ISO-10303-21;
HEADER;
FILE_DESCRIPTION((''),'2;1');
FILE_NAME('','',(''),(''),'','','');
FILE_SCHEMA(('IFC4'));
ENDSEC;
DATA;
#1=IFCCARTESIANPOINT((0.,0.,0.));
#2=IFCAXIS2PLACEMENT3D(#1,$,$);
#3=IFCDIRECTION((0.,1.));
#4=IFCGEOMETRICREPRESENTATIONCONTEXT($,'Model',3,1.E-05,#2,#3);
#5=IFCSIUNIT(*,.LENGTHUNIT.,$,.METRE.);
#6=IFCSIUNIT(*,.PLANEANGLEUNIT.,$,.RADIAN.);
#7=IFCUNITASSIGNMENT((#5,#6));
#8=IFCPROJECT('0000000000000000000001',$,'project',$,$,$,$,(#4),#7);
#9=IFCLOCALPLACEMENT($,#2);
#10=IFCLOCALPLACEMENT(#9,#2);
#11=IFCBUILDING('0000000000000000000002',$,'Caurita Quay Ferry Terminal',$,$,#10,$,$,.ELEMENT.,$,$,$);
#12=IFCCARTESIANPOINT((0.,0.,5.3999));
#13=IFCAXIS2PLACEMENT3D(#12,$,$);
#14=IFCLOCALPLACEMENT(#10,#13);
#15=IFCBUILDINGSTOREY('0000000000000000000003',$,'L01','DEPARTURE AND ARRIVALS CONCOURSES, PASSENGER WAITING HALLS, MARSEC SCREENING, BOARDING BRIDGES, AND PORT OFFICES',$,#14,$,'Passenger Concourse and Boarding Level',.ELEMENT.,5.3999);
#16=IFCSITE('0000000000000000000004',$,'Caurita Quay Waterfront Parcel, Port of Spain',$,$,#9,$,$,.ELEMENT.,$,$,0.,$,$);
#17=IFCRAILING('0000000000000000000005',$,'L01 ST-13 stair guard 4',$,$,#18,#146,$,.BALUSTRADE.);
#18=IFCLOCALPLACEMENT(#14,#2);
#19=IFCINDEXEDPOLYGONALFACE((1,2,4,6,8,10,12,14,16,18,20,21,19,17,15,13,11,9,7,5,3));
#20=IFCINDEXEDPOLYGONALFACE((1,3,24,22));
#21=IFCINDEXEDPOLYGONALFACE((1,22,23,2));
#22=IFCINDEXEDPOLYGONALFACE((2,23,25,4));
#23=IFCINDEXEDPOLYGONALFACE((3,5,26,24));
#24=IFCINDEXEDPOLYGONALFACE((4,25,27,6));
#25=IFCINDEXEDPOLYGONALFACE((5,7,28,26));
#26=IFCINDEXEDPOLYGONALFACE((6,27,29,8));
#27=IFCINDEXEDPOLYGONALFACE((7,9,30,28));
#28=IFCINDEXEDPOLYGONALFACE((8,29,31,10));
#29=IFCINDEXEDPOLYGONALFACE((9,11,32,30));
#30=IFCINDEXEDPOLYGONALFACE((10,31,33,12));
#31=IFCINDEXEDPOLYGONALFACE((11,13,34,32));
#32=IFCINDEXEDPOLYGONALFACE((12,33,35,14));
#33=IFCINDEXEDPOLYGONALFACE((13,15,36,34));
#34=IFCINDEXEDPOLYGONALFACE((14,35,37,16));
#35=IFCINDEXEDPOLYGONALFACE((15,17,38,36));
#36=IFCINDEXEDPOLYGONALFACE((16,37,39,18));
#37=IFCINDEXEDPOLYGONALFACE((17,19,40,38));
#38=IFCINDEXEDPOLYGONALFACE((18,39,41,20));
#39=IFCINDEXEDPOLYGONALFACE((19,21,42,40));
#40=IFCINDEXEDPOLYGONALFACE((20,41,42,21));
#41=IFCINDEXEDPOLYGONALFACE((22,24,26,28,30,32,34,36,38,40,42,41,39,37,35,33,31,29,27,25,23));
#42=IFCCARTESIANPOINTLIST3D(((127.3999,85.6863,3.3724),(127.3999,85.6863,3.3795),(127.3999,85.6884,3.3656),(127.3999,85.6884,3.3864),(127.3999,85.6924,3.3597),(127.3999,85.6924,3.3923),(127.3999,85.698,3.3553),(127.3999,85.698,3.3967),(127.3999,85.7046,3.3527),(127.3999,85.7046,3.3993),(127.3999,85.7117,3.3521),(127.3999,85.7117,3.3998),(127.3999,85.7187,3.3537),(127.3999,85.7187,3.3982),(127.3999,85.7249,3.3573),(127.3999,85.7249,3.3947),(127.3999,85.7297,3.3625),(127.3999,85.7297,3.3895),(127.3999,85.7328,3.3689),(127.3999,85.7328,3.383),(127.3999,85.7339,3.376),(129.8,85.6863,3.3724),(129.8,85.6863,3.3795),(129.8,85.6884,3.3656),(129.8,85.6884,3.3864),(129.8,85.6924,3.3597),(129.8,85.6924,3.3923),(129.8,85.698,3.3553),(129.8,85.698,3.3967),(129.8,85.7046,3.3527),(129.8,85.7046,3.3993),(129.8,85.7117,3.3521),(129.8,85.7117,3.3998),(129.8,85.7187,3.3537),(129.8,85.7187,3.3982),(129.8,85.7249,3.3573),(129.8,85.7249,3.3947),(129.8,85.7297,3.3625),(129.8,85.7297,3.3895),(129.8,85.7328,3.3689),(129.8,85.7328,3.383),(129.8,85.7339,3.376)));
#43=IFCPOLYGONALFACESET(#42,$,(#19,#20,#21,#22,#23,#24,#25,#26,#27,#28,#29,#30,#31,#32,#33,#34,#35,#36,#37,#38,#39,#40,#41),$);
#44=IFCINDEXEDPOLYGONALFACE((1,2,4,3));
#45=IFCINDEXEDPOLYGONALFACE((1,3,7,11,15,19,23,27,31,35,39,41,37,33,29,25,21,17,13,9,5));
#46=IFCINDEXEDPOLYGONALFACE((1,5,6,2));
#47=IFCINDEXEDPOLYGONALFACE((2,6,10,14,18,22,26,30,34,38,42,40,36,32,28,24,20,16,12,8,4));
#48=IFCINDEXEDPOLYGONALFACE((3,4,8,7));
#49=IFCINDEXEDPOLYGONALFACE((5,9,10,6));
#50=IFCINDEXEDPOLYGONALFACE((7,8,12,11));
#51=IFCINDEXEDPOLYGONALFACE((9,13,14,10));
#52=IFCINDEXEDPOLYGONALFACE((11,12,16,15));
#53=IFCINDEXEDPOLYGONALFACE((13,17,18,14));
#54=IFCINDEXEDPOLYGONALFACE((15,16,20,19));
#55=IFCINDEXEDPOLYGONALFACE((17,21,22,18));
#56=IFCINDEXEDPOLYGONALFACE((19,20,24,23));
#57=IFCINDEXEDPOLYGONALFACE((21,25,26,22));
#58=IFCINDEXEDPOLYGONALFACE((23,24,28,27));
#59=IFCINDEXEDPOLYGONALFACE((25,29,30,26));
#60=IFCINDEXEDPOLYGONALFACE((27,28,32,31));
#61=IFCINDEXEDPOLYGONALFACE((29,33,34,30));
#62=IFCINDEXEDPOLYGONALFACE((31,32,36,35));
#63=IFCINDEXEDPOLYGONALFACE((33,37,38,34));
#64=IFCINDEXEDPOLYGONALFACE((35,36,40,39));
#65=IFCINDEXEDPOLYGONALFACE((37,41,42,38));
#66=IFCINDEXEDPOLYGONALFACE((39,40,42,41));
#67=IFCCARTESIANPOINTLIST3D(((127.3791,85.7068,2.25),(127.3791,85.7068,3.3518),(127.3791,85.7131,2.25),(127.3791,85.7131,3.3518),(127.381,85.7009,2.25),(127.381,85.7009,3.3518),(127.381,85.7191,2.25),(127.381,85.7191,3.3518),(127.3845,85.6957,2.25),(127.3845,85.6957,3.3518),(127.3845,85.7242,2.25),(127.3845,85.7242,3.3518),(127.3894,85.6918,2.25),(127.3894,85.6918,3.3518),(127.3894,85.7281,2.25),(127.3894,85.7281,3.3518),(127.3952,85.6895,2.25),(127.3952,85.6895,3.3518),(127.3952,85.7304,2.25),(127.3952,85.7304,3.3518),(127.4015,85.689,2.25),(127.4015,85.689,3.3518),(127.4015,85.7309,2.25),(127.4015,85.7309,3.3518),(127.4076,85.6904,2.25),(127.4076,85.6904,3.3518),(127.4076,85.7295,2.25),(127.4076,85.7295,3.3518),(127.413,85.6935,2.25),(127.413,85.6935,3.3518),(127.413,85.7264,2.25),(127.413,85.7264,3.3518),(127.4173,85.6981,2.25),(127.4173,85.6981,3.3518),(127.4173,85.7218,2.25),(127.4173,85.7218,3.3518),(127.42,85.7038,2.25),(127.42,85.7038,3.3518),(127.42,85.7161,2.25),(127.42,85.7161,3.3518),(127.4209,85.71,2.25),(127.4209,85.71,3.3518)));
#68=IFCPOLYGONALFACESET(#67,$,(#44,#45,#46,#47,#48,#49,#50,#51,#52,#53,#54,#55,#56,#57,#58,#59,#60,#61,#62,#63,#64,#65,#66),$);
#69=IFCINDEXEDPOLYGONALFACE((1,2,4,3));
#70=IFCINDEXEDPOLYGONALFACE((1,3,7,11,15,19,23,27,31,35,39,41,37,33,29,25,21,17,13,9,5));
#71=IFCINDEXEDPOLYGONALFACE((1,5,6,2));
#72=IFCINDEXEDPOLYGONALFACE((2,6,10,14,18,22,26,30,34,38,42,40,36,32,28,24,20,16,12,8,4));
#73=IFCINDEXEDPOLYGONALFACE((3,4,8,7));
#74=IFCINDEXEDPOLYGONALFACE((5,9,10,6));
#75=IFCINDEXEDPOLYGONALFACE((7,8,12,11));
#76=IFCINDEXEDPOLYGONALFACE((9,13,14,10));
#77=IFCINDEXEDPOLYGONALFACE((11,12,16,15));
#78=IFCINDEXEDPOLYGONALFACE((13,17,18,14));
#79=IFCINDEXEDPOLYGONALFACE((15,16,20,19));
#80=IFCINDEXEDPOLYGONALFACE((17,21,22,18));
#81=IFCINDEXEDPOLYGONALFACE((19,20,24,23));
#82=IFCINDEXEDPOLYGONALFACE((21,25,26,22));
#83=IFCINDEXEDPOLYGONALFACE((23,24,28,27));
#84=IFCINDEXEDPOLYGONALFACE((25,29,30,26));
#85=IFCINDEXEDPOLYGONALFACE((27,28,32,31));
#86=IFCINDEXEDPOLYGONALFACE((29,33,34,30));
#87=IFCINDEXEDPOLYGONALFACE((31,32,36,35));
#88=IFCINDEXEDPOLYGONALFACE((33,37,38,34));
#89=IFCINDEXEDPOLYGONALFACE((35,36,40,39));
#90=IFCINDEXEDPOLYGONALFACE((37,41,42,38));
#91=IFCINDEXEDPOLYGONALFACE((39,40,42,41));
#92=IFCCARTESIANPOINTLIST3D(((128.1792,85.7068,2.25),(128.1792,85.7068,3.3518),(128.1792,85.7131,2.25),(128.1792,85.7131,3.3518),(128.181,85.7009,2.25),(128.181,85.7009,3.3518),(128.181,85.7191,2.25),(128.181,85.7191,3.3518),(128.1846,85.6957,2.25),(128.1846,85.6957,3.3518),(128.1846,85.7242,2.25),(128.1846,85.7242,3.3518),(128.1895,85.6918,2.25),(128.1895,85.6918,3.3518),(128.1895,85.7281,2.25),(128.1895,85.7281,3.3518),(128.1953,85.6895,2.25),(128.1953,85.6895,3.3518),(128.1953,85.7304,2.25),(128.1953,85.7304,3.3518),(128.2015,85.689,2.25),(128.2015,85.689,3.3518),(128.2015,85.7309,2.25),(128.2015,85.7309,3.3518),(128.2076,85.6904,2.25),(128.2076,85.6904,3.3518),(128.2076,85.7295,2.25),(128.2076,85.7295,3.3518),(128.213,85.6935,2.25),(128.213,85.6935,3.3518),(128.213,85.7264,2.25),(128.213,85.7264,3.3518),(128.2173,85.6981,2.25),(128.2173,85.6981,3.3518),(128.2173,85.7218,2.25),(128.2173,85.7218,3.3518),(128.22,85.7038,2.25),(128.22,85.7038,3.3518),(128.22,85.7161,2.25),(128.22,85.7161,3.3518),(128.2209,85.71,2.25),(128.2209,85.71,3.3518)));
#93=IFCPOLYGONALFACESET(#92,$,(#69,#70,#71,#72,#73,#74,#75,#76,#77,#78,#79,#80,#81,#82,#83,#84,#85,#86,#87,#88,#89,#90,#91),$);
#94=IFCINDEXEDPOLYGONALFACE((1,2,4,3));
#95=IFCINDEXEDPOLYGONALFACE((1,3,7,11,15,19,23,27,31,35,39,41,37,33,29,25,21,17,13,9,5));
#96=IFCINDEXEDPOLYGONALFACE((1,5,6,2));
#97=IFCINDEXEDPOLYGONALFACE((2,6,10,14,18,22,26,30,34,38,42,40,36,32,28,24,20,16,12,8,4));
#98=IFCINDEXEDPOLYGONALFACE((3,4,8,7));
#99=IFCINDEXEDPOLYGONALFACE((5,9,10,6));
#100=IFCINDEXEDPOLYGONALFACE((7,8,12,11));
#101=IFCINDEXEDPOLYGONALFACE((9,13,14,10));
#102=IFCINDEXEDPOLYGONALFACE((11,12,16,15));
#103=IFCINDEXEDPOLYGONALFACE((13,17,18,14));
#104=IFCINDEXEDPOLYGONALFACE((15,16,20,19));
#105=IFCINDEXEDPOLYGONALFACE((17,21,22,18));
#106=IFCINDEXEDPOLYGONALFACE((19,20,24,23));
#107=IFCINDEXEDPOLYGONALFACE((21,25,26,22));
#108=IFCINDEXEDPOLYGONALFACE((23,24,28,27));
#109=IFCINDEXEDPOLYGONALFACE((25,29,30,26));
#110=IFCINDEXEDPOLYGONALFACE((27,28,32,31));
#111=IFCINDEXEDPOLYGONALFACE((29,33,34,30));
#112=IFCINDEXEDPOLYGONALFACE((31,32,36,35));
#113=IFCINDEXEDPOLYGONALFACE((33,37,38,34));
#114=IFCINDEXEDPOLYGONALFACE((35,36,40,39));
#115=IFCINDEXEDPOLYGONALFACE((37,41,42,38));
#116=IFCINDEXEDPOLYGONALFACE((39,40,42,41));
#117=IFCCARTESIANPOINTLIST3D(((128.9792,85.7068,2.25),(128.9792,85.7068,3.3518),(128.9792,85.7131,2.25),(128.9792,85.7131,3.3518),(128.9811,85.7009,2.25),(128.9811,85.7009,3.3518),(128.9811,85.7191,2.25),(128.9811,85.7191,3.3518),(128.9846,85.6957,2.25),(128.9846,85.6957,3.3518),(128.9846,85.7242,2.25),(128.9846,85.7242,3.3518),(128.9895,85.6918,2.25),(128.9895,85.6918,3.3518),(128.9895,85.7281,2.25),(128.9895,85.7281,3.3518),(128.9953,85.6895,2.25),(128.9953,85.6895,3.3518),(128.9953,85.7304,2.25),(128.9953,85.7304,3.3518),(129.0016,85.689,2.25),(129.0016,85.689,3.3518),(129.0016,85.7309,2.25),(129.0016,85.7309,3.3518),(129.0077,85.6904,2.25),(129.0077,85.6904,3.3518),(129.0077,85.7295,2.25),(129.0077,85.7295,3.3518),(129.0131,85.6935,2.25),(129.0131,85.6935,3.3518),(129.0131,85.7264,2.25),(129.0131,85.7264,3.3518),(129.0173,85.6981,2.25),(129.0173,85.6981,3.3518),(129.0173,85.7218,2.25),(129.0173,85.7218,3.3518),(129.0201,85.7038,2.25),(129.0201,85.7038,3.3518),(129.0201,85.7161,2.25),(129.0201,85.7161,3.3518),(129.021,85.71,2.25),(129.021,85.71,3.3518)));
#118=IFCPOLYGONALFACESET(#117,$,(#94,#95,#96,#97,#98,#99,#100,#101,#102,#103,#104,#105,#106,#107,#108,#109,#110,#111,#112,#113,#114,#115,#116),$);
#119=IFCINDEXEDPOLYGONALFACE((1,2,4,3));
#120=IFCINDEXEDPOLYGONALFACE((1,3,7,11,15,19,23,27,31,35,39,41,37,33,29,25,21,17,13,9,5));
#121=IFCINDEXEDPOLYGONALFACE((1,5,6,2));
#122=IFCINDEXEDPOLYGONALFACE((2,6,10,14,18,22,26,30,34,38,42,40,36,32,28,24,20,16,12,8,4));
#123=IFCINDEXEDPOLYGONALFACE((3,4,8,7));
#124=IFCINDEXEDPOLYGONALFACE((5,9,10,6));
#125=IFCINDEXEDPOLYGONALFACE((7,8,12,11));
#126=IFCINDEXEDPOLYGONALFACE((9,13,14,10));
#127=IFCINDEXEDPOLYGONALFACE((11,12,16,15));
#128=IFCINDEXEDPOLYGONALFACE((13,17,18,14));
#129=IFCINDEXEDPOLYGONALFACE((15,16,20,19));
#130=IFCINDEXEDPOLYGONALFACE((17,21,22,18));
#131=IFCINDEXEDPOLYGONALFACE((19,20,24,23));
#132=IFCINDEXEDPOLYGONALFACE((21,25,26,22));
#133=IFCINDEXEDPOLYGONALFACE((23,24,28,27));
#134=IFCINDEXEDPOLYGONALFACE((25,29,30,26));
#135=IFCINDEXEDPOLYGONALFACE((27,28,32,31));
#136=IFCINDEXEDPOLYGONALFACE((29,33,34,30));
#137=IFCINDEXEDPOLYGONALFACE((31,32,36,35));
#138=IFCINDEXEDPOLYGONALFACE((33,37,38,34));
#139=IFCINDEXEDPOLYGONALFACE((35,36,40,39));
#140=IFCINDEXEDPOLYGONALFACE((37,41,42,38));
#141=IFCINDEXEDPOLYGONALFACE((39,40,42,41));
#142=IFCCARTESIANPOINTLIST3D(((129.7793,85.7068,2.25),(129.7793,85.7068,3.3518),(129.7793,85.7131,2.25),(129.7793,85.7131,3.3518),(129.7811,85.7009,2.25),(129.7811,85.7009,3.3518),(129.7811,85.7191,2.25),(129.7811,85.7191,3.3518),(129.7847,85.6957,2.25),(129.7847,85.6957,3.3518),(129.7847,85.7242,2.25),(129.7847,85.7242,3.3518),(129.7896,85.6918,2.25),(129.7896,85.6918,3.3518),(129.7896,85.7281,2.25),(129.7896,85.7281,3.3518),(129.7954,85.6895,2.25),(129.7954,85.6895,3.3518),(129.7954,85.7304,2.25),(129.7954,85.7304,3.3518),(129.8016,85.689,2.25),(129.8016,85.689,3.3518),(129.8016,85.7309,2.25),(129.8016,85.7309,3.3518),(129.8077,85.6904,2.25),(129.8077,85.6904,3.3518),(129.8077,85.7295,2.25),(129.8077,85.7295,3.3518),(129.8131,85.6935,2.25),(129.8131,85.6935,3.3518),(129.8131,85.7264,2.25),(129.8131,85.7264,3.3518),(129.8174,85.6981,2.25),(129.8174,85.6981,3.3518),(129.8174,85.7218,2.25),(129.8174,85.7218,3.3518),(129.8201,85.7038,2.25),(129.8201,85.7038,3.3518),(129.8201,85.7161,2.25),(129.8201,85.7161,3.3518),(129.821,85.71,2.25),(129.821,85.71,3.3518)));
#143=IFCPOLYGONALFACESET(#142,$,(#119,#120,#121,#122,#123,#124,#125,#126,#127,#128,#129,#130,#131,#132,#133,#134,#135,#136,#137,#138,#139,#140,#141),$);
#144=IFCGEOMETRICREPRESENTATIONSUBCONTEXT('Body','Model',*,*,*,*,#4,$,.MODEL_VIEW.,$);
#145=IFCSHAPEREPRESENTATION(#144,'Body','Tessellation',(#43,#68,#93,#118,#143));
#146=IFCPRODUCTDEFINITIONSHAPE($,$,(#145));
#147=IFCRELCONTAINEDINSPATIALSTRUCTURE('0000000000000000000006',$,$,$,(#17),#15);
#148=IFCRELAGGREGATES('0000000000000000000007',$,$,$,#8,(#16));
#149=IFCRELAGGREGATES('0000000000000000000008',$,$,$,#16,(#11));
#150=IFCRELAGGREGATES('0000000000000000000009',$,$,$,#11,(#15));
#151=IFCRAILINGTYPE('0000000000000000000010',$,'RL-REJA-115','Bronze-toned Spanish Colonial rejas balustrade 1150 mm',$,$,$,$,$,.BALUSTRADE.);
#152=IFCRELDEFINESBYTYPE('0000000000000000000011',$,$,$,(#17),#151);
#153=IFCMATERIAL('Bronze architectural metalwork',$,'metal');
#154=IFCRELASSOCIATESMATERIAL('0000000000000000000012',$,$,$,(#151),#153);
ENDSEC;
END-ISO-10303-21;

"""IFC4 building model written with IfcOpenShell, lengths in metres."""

from ifc_helpers import new_model, si_unit, direction, frame, origin, origin_2d, place, context, subcontext, project, spatial, circle, extrude, material, type_object, element, save


model = new_model("IFC4")

# Units and contexts
model_context = context("Model", 3, precision=1e-05, world=origin(), true_north=direction((0.0, 1.0)))
body_context = subcontext(model_context, "Body", "Model", "MODEL_VIEW")
ifc_project = project(units=[si_unit("LENGTHUNIT", "METRE"), si_unit("PLANEANGLEUNIT", "RADIAN")], contexts=[model_context])

# Site, building, storey
site_placement = place(None, origin())
site = spatial("IfcSite", under=ifc_project, at=site_placement, Name="Caurita Quay Waterfront Parcel, Port of Spain", CompositionType="ELEMENT", RefElevation=0.0)
building_placement = place(site_placement, origin())
building = spatial("IfcBuilding", under=site, at=building_placement, Name="Caurita Quay Ferry Terminal", CompositionType="ELEMENT")
storey_placement = place(building_placement, frame((0.0, 0.0, 5.3999)))
storey = spatial("IfcBuildingStorey", under=building, at=storey_placement, Name="L01", Description="DEPARTURE AND ARRIVALS CONCOURSES, PASSENGER WAITING HALLS, MARSEC SCREENING, BOARDING BRIDGES, AND PORT OFFICES", LongName="Passenger Concourse and Boarding Level", CompositionType="ELEMENT", Elevation=5.3999)

# Railing
ifc_material_1 = material(Name="Bronze architectural metalwork", Category="metal")
railing_type_1 = type_object("IfcRailingType", Name="RL-REJA-115", Description="Bronze-toned Spanish Colonial rejas balustrade 1150 mm", PredefinedType="BALUSTRADE", material=ifc_material_1)
for number, where, name in (
    (1, (127.3999, 85.71, 2.25), "L01 ST-13 stair guard 4"),
):
    element("IfcRailing", number, at=place(storey_placement, frame(where)), inside=storey, type_object=railing_type_1, Name=name, PredefinedType="BALUSTRADE", context=body_context, shape_type="SweptSolid", body=[
        extrude(circle(Radius=0.0239, at=origin_2d()), frame((0.0, 0.0, 1.126), z_axis=(1.0, 0.0, 0.0), x_axis=(0.0, 1.0, 0.0)), (0.0, 0.0, 1.0), 2.4001),
        extrude(circle(Radius=0.021, at=origin_2d()), origin(), (0.0, 0.0, 1.0), 1.1018),
        extrude(circle(Radius=0.021, at=origin_2d()), frame((0.8, 0.0, 0.0)), (0.0, 0.0, 1.0), 1.1018),
        extrude(circle(Radius=0.021, at=origin_2d()), frame((1.6001, 0.0, 0.0)), (0.0, 0.0, 1.0), 1.1018),
        extrude(circle(Radius=0.021, at=origin_2d()), frame((2.4001, 0.0, 0.0)), (0.0, 0.0, 1.0), 1.1018),
    ])

save(model, "model.ifc")
